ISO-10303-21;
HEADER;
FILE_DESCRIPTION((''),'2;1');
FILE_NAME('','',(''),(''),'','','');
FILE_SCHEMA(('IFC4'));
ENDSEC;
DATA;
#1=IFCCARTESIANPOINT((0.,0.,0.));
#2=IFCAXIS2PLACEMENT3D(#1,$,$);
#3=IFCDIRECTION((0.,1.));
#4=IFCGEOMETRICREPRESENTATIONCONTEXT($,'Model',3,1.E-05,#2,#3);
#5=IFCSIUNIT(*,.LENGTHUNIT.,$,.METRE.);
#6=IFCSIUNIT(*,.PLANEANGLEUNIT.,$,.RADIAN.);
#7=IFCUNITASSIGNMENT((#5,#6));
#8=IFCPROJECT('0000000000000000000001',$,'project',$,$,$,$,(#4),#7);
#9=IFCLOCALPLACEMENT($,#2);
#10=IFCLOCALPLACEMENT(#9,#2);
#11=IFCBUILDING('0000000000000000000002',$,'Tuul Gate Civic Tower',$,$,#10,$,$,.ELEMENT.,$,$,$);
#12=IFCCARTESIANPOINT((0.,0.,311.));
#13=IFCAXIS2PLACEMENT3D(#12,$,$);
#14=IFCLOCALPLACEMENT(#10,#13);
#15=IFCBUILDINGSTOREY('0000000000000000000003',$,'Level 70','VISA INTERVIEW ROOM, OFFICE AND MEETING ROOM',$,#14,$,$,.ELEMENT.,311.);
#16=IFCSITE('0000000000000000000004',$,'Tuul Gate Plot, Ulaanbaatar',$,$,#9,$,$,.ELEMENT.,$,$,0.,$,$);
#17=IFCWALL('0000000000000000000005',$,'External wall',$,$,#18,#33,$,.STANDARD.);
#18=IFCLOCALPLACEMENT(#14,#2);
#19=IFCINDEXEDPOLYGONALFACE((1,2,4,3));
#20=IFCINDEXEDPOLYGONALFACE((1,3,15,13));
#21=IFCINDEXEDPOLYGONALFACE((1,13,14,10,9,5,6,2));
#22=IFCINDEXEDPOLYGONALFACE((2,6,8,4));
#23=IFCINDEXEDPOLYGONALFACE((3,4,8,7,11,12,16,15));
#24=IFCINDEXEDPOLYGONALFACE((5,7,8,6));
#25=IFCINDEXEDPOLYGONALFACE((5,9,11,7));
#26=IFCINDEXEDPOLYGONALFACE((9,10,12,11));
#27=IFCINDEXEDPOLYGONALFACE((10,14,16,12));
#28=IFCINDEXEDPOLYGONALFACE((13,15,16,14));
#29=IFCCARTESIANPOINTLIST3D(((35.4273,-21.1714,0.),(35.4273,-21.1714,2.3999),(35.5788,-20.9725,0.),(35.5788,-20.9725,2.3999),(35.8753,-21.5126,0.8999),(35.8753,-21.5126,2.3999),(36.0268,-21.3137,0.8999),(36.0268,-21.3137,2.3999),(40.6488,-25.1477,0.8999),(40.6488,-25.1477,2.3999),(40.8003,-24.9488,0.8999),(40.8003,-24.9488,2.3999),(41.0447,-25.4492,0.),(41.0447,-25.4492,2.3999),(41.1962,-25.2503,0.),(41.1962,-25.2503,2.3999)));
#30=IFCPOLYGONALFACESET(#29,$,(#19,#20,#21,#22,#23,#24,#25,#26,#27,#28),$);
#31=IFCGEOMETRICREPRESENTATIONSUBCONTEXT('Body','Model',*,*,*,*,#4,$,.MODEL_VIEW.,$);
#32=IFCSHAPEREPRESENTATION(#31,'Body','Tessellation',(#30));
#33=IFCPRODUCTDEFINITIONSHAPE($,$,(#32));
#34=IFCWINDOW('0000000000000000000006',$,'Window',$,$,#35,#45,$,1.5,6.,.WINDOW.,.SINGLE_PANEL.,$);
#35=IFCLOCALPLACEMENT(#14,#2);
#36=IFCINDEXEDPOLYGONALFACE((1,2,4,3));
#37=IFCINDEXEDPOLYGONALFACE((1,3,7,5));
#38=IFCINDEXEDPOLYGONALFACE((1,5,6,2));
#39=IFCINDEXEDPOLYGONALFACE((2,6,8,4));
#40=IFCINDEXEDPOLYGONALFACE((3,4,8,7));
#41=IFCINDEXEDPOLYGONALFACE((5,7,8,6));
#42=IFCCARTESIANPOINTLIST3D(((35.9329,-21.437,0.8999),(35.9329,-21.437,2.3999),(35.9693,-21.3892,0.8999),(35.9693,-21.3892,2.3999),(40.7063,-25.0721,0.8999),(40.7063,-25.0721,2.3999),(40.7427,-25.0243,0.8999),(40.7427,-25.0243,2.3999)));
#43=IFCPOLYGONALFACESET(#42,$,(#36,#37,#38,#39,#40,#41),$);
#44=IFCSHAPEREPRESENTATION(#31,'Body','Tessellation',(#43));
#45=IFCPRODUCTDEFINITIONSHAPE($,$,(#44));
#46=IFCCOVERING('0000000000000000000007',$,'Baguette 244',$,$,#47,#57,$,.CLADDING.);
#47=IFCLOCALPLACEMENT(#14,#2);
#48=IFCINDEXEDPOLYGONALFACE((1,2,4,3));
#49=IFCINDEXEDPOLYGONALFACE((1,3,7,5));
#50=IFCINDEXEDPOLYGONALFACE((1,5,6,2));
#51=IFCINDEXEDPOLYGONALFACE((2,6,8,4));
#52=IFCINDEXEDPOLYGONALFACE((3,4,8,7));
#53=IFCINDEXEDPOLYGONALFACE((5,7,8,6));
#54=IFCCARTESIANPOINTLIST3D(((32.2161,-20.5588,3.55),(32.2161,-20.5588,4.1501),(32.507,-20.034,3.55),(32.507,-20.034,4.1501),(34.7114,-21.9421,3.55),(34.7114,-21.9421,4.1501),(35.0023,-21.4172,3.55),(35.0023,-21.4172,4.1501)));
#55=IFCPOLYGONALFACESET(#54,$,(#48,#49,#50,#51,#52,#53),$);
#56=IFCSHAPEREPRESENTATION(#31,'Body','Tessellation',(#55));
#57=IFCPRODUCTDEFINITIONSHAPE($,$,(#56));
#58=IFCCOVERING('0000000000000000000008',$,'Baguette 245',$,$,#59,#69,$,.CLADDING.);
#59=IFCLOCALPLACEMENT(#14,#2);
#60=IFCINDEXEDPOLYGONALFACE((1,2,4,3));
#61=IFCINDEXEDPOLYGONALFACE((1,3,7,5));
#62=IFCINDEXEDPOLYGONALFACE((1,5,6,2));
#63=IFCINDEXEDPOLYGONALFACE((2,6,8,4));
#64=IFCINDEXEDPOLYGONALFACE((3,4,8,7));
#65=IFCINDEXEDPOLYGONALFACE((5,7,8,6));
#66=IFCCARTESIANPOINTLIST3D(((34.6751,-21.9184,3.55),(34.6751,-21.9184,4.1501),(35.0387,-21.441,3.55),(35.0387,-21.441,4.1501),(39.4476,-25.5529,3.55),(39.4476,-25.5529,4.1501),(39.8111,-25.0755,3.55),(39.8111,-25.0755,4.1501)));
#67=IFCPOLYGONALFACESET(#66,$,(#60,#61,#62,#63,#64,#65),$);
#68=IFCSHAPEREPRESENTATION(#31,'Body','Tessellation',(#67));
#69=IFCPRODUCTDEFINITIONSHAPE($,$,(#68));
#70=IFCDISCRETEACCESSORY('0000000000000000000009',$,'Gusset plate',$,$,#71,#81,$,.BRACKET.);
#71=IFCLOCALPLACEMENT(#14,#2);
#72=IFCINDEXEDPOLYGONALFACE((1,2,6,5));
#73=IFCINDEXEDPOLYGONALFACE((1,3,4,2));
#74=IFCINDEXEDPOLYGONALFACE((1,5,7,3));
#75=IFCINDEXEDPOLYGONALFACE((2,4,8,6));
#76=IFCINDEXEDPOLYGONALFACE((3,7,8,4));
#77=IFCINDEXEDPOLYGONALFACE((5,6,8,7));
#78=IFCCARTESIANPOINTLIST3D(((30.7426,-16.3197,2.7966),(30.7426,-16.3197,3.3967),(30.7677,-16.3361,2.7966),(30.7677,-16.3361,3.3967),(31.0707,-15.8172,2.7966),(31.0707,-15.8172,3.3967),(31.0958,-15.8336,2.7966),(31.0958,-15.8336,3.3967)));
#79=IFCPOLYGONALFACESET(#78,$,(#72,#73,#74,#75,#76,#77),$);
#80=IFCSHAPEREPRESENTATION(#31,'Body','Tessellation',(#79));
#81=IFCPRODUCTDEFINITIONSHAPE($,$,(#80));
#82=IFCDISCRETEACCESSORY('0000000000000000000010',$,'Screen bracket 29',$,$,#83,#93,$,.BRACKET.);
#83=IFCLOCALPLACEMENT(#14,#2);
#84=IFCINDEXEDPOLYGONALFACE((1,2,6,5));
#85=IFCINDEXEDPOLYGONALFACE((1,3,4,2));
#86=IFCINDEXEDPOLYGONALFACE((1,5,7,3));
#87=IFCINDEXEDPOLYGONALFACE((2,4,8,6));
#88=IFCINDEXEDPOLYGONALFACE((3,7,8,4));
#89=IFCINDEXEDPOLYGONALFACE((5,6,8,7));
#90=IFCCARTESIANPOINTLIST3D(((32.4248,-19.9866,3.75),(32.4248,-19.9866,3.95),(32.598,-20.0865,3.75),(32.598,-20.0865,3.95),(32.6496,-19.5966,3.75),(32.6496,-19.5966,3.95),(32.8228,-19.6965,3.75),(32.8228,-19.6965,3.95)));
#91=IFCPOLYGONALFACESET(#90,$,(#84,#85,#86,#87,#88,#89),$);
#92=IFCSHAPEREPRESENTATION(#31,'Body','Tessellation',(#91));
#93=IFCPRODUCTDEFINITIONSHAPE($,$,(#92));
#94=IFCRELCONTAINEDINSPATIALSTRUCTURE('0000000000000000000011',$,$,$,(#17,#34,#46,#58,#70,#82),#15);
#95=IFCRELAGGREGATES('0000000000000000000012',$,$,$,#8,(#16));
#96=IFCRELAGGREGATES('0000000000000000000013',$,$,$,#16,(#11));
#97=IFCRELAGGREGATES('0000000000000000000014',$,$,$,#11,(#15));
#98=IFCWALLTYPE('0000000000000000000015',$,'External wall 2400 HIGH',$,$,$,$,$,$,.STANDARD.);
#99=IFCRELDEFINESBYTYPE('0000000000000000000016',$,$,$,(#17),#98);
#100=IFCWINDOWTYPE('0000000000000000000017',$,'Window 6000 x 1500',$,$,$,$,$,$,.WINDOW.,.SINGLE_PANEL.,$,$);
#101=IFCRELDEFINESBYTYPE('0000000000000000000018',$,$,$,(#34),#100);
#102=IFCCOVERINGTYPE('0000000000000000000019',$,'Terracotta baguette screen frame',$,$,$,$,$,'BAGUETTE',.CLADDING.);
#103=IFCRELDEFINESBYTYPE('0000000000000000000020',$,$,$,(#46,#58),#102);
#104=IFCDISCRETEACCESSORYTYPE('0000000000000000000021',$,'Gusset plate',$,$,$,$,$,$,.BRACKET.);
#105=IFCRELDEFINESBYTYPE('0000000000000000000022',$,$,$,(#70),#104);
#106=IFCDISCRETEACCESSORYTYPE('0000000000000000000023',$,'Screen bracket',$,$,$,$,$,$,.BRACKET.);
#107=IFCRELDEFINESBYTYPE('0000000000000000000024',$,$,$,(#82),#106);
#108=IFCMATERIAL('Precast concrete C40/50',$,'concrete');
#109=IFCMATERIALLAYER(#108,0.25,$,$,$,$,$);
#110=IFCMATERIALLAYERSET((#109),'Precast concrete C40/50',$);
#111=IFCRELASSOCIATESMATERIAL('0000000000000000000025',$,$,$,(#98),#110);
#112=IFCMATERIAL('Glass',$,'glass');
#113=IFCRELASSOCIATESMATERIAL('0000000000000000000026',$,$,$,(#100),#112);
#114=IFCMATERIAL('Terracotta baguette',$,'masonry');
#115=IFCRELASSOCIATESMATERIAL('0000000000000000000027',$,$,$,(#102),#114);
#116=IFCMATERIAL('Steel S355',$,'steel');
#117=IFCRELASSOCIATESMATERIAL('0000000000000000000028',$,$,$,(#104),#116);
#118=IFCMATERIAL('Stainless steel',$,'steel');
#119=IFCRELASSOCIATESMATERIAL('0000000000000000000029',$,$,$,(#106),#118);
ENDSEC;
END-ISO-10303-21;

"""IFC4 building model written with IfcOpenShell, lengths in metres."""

from ifc_helpers import new_model, si_unit, direction, frame, frame_2d, origin, origin_2d, place, context, subcontext, project, spatial, rectangle, extrude, material, layer, layer_set, material_profile, profile_set, type_object, element, fill, save


model = new_model("IFC4")

# Units and contexts
model_context = context("Model", 3, precision=1e-05, world=origin(), true_north=direction((0.0, 1.0)))
body_context = subcontext(model_context, "Body", "Model", "MODEL_VIEW")
ifc_project = project(units=[si_unit("LENGTHUNIT", "METRE"), si_unit("PLANEANGLEUNIT", "RADIAN")], contexts=[model_context])

# Site, building, storey
site_placement = place(None, origin())
site = spatial("IfcSite", under=ifc_project, at=site_placement, Name="Tuul Gate Plot, Ulaanbaatar", CompositionType="ELEMENT", RefElevation=0.0)
building_placement = place(site_placement, origin())
building = spatial("IfcBuilding", under=site, at=building_placement, Name="Tuul Gate Civic Tower", CompositionType="ELEMENT")
storey_placement = place(building_placement, frame((0.0, 0.0, 311.0)))
storey = spatial("IfcBuildingStorey", under=building, at=storey_placement, Name="Level 70", Description="VISA INTERVIEW ROOM, OFFICE AND MEETING ROOM", CompositionType="ELEMENT", Elevation=311.0)

# Wall, opening, window
ifc_material_1 = material(Name="Precast concrete C40/50", Category="concrete")
ifc_layer_1 = layer(ifc_material_1, 0.25)
ifc_layer_set_1 = layer_set([ifc_layer_1], Name="Precast concrete C40/50")
wall_type_1 = type_object("IfcWallType", Name="External wall 2400 HIGH", PredefinedType="STANDARD", material=ifc_layer_set_1)
wall_1_placement = place(storey_placement, frame((35.5032, -21.072, 0.0), z_axis=(0.0, 0.0, 1.0), x_axis=(0.795576, -0.605854, 0.0)))
wall_1 = element("IfcWall", 1, at=wall_1_placement, inside=storey, type_object=wall_type_1, Name="External wall", PredefinedType="STANDARD", context=body_context, shape_type="SweptSolid", body=[
    extrude(rectangle(XDim=7.0608, YDim=0.25, at=frame_2d((3.5303, 0.0))), origin(), (0.0, 0.0, 1.0), 2.3999),
])
opening_1_placement = place(wall_1_placement, frame((0.563, 0.0, 0.8999)))
opening_1 = element("IfcOpeningElement", 2, at=opening_1_placement, cuts=wall_1, PredefinedType="OPENING", context=body_context, shape_type="SweptSolid", body=[
    extrude(rectangle(XDim=6.0, YDim=1.5, at=frame_2d((3.0, 0.75))), frame((0.0, 0.135, 0.0), z_axis=(0.0, -1.0, 0.0), x_axis=(1.0, 0.0, 0.0)), (0.0, 0.0, 1.0), 0.27),
])
ifc_material_2 = material(Name="Glass", Category="glass")
window_type_1 = type_object("IfcWindowType", Name="Window 6000 x 1500", PartitioningType="SINGLE_PANEL", PredefinedType="WINDOW", material=ifc_material_2)
window_1_placement = place(opening_1_placement, origin())
window_1 = element("IfcWindow", 3, at=window_1_placement, inside=storey, type_object=window_type_1, Name="Window", OverallHeight=1.5, OverallWidth=6.0, PartitioningType="SINGLE_PANEL", PredefinedType="WINDOW", context=body_context, shape_type="SweptSolid", body=[
    extrude(rectangle(XDim=6.0, YDim=1.5, at=frame_2d((3.0, 0.75))), frame((0.0, 0.03, 0.0), z_axis=(0.0, -1.0, 0.0), x_axis=(1.0, 0.0, 0.0)), (0.0, 0.0, 1.0), 0.0601),
])
fill(opening_1, window_1)

# Coverings
ifc_material_3 = material(Name="Terracotta baguette", Category="masonry")
ifc_material_profile_1 = material_profile(ifc_material_3, rectangle(XDim=0.6001, YDim=0.6001, at=origin_2d()), Name="Terracotta baguette screen frame")
ifc_profile_set_1 = profile_set([ifc_material_profile_1], Name="Terracotta baguette")
covering_type = type_object("IfcCoveringType", Name="Terracotta baguette screen frame", ElementType="BAGUETTE", PredefinedType="CLADDING", material=ifc_profile_set_1)
covering_1_placement = place(storey_placement, frame((32.3616, -20.2964, 3.8501), z_axis=(0.874605, -0.484836, 0.0), x_axis=(0.484836, 0.874605, 0.0)))
element("IfcCovering", 4, at=covering_1_placement, inside=storey, type_object=covering_type, Name="Baguette 244", PredefinedType="CLADDING", context=body_context, shape_type="SweptSolid", body=[
    extrude(rectangle(XDim=0.6001, YDim=0.6001, at=origin_2d()), origin(), (0.0, 0.0, 1.0), 2.853),
])
covering_2_placement = place(storey_placement, frame((34.8569, -21.6797, 3.8501), z_axis=(0.795563, -0.60587, 0.0), x_axis=(0.60587, 0.795563, 0.0)))
element("IfcCovering", 5, at=covering_2_placement, inside=storey, type_object=covering_type, Name="Baguette 245", PredefinedType="CLADDING", context=body_context, shape_type="SweptSolid", body=[
    extrude(rectangle(XDim=0.6001, YDim=0.6001, at=origin_2d()), origin(), (0.0, 0.0, 1.0), 5.9988),
])

# Discrete accessories
ifc_material_4 = material(Name="Steel S355", Category="steel")
discrete_accessory_type_1 = type_object("IfcDiscreteAccessoryType", Name="Gusset plate", PredefinedType="BRACKET", material=ifc_material_4)
discrete_accessory_1_placement = place(storey_placement, frame((30.9192, -16.0767, 2.7966), z_axis=(0.0, 0.0, 1.0), x_axis=(0.546711, 0.837322, 0.0)))
element("IfcDiscreteAccessory", 6, at=discrete_accessory_1_placement, inside=storey, type_object=discrete_accessory_type_1, Name="Gusset plate", PredefinedType="BRACKET", context=body_context, shape_type="SweptSolid", body=[
    extrude(rectangle(XDim=0.6001, YDim=0.03, at=origin_2d()), origin(), (0.0, 0.0, 1.0), 0.6001),
])
ifc_material_5 = material(Name="Stainless steel", Category="steel")
discrete_accessory_type_2 = type_object("IfcDiscreteAccessoryType", Name="Screen bracket", PredefinedType="BRACKET", material=ifc_material_5)
discrete_accessory_2_placement = place(storey_placement, frame((32.6238, -19.8416, 3.75), z_axis=(0.0, 0.0, 1.0), x_axis=(-0.499376, -0.866386, 0.0)))
element("IfcDiscreteAccessory", 7, at=discrete_accessory_2_placement, inside=storey, type_object=discrete_accessory_type_2, Name="Screen bracket 29", PredefinedType="BRACKET", context=body_context, shape_type="SweptSolid", body=[
    extrude(rectangle(XDim=0.4502, YDim=0.2, at=origin_2d()), origin(), (0.0, 0.0, 1.0), 0.2),
])

save(model, "model.ifc")
